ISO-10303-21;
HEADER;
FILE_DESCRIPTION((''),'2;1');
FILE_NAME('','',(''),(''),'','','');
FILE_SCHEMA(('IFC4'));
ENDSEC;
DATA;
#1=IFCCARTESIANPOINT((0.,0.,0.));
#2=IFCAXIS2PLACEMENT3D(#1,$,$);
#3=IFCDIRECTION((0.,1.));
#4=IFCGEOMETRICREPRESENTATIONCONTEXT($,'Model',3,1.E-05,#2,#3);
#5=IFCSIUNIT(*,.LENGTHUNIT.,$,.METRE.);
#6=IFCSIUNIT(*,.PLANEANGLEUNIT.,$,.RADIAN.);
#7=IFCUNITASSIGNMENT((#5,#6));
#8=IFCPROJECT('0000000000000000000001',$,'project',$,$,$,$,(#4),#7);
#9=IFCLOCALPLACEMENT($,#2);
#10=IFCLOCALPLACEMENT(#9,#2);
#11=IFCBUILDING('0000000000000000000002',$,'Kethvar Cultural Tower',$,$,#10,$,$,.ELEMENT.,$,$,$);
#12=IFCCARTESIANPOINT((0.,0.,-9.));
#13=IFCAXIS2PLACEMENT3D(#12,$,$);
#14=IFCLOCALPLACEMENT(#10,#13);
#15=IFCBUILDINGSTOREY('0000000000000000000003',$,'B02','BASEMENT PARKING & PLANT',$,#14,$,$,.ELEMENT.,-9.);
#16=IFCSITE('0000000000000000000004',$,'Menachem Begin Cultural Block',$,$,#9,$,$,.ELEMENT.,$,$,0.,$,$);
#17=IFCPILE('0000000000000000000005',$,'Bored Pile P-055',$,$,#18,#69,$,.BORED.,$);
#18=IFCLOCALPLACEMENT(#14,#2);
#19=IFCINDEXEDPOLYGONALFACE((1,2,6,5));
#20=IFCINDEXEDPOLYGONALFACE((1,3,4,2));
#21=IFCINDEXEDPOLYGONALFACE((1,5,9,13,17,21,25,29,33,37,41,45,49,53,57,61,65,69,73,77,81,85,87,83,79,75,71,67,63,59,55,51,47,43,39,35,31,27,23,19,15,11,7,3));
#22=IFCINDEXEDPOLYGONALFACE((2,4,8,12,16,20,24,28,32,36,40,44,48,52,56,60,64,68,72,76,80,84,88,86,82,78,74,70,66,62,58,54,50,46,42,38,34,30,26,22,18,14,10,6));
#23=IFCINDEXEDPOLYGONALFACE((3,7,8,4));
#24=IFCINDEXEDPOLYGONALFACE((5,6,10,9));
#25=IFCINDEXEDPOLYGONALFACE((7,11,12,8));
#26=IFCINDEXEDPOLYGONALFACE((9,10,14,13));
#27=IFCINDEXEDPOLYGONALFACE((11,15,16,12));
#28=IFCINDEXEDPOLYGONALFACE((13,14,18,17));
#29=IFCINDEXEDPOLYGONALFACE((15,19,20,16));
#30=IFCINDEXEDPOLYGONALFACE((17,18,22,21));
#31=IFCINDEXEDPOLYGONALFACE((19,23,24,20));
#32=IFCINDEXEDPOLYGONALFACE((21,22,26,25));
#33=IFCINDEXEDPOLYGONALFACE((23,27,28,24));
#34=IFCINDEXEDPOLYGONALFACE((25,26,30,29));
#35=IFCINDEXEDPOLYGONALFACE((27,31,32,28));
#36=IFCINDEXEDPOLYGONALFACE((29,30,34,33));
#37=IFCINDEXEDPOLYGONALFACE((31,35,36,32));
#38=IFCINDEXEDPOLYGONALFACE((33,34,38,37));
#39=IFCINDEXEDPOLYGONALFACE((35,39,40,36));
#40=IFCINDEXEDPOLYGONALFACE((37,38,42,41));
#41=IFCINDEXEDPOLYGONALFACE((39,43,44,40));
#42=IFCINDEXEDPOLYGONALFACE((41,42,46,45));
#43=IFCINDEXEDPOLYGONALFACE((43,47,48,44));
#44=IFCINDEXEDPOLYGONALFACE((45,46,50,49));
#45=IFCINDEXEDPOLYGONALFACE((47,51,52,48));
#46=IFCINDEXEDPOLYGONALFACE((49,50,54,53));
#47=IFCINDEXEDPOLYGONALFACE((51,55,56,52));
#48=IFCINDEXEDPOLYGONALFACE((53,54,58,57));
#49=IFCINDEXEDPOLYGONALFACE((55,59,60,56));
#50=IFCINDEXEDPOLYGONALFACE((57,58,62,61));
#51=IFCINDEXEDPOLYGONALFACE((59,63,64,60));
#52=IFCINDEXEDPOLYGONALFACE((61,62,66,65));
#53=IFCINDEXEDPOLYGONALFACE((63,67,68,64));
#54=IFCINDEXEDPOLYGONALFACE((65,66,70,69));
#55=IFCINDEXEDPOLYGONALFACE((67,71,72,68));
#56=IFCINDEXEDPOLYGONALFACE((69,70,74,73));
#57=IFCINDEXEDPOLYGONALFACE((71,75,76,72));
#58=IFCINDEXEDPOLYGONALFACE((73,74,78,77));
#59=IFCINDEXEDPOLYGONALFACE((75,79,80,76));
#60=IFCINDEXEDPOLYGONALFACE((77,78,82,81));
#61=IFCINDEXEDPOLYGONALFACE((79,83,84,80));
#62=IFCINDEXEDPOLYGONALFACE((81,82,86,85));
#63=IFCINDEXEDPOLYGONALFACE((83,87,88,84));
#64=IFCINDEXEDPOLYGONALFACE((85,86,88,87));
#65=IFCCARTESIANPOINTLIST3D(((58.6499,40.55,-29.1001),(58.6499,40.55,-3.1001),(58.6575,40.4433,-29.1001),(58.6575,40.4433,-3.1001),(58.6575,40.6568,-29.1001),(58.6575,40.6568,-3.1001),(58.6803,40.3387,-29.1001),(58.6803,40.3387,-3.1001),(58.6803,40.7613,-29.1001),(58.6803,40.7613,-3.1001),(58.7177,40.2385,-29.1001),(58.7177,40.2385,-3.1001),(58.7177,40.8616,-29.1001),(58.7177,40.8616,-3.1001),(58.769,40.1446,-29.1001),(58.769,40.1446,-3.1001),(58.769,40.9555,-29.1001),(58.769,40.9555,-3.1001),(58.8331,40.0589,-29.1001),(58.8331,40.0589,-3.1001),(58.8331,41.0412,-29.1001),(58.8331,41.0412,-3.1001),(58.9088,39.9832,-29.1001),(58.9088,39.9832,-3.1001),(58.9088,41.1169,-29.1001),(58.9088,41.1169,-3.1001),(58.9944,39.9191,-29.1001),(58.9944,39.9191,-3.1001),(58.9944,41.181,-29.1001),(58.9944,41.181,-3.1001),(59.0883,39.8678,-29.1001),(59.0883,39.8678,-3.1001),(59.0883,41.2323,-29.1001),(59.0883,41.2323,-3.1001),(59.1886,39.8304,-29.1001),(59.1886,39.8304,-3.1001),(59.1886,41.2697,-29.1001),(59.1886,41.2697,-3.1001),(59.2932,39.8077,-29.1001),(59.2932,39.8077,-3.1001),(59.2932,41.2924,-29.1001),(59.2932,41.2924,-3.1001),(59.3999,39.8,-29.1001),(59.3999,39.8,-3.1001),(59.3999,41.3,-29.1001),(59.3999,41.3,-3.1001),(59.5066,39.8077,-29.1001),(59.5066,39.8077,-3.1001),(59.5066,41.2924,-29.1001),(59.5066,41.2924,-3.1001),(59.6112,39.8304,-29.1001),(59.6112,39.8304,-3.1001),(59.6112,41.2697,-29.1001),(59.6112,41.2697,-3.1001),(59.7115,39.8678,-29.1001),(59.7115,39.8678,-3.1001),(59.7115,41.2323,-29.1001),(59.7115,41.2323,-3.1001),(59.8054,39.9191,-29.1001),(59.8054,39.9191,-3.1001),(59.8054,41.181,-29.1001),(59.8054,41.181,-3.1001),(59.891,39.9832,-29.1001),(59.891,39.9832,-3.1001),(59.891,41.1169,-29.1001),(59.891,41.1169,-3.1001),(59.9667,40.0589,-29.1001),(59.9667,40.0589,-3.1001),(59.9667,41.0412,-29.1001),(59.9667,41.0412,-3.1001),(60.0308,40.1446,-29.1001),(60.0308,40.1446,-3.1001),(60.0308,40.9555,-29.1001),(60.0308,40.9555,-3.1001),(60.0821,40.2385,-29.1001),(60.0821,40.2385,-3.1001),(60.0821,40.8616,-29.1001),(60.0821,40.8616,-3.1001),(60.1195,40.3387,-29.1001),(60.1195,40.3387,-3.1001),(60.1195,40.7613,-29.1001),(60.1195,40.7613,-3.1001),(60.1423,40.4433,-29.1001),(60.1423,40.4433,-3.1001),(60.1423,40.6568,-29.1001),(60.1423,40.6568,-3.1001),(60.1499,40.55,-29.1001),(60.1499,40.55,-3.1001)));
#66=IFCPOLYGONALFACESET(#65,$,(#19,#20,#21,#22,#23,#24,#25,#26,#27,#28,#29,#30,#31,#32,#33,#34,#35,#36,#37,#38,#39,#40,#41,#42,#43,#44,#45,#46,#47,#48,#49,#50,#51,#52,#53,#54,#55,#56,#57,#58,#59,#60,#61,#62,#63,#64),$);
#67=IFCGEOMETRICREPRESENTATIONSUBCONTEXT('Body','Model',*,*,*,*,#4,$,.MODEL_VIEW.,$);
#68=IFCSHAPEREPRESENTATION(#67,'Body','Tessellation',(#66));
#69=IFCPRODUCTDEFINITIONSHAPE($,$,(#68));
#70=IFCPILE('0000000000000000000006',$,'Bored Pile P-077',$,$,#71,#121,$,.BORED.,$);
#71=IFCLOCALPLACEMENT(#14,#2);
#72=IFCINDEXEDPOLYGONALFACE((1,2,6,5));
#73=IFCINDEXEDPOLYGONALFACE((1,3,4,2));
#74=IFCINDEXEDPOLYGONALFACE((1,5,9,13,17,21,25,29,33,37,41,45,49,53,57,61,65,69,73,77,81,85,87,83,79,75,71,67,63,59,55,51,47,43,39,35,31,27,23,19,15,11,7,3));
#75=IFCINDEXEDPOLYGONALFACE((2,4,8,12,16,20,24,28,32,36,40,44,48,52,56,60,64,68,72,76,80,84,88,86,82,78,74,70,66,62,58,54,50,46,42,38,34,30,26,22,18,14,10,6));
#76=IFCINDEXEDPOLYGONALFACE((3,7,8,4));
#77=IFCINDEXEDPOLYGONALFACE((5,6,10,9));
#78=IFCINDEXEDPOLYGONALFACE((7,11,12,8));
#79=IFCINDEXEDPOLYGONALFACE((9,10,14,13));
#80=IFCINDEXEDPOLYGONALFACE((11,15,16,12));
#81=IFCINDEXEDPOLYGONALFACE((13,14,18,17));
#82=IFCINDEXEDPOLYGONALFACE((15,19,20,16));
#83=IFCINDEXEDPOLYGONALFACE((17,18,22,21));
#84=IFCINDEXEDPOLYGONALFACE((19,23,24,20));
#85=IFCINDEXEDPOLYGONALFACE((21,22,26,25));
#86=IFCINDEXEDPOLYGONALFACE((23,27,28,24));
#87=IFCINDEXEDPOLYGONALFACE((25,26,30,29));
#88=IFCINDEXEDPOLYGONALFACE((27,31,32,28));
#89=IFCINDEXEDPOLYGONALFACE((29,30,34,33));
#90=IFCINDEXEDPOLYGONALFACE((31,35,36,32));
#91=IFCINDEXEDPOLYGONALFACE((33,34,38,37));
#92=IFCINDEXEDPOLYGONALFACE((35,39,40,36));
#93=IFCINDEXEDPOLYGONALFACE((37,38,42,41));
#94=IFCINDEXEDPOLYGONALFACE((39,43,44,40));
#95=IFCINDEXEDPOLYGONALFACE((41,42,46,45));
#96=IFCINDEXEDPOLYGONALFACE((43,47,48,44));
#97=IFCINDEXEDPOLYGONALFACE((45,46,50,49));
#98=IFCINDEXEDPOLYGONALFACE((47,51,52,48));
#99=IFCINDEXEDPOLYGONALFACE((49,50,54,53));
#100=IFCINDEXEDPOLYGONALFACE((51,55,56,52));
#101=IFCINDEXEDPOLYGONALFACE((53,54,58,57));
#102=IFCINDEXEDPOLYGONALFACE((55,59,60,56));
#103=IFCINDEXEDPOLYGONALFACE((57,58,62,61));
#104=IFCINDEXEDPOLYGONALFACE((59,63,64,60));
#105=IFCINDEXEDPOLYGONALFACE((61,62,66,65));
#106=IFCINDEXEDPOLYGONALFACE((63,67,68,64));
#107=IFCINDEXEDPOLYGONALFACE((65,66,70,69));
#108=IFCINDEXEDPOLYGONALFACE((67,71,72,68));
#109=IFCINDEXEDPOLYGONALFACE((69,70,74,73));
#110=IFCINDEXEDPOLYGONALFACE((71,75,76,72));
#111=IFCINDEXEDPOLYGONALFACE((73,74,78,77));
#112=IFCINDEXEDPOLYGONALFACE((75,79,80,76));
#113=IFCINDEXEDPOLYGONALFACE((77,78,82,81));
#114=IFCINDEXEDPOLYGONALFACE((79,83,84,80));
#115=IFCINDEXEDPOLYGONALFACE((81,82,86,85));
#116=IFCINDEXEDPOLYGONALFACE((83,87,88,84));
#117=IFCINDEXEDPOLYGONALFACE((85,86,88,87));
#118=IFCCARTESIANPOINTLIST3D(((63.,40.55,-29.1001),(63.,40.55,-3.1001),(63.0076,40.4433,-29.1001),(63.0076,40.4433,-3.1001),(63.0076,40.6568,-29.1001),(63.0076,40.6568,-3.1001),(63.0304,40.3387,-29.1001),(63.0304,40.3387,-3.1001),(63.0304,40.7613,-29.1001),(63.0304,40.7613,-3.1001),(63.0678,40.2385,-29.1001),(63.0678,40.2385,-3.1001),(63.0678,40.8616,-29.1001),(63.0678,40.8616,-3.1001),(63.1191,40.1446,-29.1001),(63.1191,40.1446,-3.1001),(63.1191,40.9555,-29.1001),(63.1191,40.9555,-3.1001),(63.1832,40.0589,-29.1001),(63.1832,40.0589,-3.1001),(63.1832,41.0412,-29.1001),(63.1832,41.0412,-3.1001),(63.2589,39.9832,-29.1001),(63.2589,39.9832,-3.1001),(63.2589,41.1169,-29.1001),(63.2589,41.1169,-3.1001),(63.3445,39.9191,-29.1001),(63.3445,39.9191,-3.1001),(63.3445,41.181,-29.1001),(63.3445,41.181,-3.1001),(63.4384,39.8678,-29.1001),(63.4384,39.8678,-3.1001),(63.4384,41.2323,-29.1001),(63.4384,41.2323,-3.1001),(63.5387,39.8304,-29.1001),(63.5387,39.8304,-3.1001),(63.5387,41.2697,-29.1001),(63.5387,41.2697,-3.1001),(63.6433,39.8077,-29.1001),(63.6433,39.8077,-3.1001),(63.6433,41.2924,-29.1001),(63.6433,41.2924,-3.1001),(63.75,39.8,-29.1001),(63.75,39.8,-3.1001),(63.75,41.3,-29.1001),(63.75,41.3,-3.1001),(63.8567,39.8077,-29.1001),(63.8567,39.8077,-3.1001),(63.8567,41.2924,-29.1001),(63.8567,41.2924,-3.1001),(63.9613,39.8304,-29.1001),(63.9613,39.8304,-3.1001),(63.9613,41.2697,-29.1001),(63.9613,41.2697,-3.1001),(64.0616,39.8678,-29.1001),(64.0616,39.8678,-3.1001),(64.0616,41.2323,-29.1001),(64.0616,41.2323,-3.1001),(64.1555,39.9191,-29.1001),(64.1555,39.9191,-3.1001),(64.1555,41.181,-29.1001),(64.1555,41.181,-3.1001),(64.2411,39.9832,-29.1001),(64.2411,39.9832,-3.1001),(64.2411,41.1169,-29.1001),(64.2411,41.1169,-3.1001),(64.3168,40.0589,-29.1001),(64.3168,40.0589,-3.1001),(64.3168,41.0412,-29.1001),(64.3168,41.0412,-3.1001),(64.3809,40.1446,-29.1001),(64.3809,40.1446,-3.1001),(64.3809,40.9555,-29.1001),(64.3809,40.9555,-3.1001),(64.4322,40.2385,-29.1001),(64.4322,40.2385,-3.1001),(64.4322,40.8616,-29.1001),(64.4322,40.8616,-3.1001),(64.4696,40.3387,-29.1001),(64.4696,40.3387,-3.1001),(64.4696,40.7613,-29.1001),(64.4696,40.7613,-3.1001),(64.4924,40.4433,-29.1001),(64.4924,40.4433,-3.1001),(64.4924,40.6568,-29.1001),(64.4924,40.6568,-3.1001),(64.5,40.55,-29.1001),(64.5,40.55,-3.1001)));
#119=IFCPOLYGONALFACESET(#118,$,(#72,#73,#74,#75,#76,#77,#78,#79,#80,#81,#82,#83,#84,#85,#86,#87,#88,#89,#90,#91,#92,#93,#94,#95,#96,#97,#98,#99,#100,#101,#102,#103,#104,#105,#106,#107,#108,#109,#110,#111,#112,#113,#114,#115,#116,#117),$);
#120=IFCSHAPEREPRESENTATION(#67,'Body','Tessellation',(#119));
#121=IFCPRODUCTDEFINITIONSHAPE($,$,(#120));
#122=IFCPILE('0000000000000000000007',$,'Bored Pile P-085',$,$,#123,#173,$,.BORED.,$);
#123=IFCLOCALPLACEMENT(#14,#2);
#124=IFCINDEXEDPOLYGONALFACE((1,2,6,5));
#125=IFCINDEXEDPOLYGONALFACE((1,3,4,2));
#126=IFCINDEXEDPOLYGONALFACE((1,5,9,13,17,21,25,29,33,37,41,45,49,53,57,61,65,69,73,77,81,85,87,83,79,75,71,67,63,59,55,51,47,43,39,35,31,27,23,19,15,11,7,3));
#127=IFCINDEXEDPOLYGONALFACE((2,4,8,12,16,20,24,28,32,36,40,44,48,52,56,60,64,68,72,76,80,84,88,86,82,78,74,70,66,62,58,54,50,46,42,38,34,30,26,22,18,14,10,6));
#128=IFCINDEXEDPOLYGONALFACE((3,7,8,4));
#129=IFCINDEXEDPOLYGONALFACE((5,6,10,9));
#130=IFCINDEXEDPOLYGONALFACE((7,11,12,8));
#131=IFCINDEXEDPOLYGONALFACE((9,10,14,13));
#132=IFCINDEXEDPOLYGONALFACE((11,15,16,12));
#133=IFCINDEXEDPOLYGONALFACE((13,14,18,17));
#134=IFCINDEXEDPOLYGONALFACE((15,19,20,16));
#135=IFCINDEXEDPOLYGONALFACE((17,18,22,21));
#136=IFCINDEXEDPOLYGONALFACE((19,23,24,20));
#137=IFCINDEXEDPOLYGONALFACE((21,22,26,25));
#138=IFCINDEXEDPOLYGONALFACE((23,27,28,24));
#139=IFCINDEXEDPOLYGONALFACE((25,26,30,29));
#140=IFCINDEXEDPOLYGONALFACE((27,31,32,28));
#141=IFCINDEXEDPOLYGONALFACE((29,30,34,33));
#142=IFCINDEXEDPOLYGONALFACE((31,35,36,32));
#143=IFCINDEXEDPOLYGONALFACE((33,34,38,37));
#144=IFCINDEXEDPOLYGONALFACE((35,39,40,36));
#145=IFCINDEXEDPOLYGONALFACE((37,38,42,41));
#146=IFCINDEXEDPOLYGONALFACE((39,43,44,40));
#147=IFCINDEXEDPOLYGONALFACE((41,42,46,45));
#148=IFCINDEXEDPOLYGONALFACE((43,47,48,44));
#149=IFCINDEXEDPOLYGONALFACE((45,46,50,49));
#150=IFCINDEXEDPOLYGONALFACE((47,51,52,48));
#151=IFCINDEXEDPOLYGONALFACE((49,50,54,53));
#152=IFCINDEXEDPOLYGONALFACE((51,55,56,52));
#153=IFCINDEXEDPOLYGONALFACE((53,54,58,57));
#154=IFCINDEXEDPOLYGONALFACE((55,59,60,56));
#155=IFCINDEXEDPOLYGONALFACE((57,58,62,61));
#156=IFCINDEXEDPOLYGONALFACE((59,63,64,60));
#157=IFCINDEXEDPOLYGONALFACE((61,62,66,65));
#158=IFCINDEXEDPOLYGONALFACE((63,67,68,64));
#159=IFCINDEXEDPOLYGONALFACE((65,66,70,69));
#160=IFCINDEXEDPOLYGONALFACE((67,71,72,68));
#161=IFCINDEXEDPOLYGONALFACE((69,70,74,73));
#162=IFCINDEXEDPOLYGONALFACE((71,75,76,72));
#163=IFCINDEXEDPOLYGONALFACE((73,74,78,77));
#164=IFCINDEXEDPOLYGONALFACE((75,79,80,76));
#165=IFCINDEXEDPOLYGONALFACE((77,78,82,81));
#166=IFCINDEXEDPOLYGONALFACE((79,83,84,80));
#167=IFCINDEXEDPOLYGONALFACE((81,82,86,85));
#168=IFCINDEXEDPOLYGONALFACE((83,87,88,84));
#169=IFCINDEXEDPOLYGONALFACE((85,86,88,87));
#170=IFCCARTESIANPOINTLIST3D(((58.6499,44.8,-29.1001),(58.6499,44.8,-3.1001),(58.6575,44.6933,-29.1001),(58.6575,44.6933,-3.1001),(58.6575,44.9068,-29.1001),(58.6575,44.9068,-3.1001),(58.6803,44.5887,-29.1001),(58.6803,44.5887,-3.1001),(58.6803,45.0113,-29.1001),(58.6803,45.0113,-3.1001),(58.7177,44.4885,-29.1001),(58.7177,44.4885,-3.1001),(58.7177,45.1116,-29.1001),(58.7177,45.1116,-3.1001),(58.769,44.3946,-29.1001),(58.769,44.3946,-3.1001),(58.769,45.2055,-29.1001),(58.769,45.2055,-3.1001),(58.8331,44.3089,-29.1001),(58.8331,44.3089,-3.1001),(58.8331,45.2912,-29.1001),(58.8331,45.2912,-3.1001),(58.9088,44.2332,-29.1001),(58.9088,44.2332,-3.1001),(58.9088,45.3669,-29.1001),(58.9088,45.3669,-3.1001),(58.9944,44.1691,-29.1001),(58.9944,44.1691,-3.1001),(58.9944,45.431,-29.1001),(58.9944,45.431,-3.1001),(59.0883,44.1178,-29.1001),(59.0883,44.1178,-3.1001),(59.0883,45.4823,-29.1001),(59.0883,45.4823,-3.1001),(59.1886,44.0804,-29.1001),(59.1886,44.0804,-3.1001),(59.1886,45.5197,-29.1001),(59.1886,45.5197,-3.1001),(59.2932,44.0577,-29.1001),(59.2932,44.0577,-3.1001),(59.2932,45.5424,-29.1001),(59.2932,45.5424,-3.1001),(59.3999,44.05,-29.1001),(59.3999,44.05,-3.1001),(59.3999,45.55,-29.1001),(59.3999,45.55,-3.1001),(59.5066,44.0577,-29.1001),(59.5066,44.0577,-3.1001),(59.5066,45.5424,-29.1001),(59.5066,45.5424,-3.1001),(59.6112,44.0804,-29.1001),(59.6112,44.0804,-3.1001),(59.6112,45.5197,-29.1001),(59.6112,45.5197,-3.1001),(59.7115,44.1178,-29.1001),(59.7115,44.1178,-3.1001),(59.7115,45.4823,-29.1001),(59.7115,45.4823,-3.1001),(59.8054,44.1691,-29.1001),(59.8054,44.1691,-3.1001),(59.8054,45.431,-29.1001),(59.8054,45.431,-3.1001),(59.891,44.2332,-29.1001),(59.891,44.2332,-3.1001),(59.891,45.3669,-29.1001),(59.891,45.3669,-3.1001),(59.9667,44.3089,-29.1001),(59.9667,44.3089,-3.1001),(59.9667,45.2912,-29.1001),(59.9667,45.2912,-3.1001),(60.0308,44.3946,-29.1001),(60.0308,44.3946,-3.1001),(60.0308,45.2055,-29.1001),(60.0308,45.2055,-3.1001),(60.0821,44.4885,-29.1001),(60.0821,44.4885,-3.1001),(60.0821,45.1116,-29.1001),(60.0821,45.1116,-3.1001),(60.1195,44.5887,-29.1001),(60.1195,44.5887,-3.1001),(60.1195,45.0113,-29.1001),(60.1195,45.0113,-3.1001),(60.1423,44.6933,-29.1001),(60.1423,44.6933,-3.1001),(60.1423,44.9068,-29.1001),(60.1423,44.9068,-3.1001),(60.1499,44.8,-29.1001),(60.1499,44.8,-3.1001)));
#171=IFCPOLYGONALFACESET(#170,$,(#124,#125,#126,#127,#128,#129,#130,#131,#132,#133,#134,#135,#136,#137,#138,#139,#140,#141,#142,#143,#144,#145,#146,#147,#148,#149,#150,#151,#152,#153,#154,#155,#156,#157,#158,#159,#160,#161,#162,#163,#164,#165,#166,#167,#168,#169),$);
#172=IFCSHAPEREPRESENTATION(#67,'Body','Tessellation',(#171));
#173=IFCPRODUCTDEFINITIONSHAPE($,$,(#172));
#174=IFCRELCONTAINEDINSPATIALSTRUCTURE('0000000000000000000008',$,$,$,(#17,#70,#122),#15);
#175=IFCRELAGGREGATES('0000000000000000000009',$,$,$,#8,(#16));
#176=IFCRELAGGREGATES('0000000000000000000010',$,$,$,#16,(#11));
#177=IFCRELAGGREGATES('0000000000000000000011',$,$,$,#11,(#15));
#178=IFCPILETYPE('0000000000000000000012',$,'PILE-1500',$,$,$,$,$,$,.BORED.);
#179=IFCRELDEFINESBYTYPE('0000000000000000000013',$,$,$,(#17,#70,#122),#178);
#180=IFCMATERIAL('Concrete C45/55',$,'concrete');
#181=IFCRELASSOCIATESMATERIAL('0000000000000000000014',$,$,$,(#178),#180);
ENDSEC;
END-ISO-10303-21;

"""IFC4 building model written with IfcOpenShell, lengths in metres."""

from ifc_helpers import new_model, si_unit, direction, frame, origin, origin_2d, place, context, subcontext, project, spatial, circle, extrude, source, transform, mapped, material, material_profile, profile_set, type_object, element, save


model = new_model("IFC4")

# Units and contexts
model_context = context("Model", 3, precision=1e-05, world=origin(), true_north=direction((0.0, 1.0)))
body_context = subcontext(model_context, "Body", "Model", "MODEL_VIEW")
ifc_project = project(units=[si_unit("LENGTHUNIT", "METRE"), si_unit("PLANEANGLEUNIT", "RADIAN")], contexts=[model_context])

# Site, building, storey
site_placement = place(None, origin())
site = spatial("IfcSite", under=ifc_project, at=site_placement, Name="Menachem Begin Cultural Block", CompositionType="ELEMENT", RefElevation=0.0)
building_placement = place(site_placement, origin())
building = spatial("IfcBuilding", under=site, at=building_placement, Name="Kethvar Cultural Tower", CompositionType="ELEMENT")
storey_placement = place(building_placement, frame((0.0, 0.0, -9.0)))
storey = spatial("IfcBuildingStorey", under=building, at=storey_placement, Name="B02", Description="BASEMENT PARKING & PLANT", CompositionType="ELEMENT", Elevation=-9.0)

# Piles
ifc_material_1 = material(Name="Concrete C45/55", Category="concrete")
ifc_material_profile_1 = material_profile(ifc_material_1, circle(Radius=0.75, at=origin_2d()), Name="Concrete C45/55 — PILE1500")
ifc_profile_set_1 = profile_set([ifc_material_profile_1], Name="Concrete C45/55 — PILE1500")
pile_type = type_object("IfcPileType", Name="PILE-1500", PredefinedType="BORED", material=ifc_profile_set_1)
shared_shape_1 = source(origin(), body_context, "Body", "SweptSolid", [
    extrude(circle(Radius=0.75, at=origin_2d()), origin(), (0.0, 0.0, 1.0), 26.0),
])
for number, where, z_axis, x_axis, name in (
    (1, (59.3999, 40.55, -3.1001), (0.0, 0.0, -1.0), (1.0, 0.0, 0.0), "Bored Pile P-055"),
    (2, (63.75, 40.55, -3.1001), (0.0, 0.0, -1.0), (1.0, 0.0, 0.0), "Bored Pile P-077"),
    (3, (59.3999, 44.8, -3.1001), (0.0, 0.0, -1.0), (1.0, 0.0, 0.0), "Bored Pile P-085"),
):
    element("IfcPile", number, at=place(storey_placement, frame(where, z_axis=z_axis, x_axis=x_axis)), inside=storey, type_object=pile_type, Name=name, PredefinedType="BORED", context=body_context, shape_type="MappedRepresentation", body=[
        mapped(shared_shape_1, transform((0.0, 0.0, 0.0), scale=1.0)),
    ])

save(model, "model.ifc")
